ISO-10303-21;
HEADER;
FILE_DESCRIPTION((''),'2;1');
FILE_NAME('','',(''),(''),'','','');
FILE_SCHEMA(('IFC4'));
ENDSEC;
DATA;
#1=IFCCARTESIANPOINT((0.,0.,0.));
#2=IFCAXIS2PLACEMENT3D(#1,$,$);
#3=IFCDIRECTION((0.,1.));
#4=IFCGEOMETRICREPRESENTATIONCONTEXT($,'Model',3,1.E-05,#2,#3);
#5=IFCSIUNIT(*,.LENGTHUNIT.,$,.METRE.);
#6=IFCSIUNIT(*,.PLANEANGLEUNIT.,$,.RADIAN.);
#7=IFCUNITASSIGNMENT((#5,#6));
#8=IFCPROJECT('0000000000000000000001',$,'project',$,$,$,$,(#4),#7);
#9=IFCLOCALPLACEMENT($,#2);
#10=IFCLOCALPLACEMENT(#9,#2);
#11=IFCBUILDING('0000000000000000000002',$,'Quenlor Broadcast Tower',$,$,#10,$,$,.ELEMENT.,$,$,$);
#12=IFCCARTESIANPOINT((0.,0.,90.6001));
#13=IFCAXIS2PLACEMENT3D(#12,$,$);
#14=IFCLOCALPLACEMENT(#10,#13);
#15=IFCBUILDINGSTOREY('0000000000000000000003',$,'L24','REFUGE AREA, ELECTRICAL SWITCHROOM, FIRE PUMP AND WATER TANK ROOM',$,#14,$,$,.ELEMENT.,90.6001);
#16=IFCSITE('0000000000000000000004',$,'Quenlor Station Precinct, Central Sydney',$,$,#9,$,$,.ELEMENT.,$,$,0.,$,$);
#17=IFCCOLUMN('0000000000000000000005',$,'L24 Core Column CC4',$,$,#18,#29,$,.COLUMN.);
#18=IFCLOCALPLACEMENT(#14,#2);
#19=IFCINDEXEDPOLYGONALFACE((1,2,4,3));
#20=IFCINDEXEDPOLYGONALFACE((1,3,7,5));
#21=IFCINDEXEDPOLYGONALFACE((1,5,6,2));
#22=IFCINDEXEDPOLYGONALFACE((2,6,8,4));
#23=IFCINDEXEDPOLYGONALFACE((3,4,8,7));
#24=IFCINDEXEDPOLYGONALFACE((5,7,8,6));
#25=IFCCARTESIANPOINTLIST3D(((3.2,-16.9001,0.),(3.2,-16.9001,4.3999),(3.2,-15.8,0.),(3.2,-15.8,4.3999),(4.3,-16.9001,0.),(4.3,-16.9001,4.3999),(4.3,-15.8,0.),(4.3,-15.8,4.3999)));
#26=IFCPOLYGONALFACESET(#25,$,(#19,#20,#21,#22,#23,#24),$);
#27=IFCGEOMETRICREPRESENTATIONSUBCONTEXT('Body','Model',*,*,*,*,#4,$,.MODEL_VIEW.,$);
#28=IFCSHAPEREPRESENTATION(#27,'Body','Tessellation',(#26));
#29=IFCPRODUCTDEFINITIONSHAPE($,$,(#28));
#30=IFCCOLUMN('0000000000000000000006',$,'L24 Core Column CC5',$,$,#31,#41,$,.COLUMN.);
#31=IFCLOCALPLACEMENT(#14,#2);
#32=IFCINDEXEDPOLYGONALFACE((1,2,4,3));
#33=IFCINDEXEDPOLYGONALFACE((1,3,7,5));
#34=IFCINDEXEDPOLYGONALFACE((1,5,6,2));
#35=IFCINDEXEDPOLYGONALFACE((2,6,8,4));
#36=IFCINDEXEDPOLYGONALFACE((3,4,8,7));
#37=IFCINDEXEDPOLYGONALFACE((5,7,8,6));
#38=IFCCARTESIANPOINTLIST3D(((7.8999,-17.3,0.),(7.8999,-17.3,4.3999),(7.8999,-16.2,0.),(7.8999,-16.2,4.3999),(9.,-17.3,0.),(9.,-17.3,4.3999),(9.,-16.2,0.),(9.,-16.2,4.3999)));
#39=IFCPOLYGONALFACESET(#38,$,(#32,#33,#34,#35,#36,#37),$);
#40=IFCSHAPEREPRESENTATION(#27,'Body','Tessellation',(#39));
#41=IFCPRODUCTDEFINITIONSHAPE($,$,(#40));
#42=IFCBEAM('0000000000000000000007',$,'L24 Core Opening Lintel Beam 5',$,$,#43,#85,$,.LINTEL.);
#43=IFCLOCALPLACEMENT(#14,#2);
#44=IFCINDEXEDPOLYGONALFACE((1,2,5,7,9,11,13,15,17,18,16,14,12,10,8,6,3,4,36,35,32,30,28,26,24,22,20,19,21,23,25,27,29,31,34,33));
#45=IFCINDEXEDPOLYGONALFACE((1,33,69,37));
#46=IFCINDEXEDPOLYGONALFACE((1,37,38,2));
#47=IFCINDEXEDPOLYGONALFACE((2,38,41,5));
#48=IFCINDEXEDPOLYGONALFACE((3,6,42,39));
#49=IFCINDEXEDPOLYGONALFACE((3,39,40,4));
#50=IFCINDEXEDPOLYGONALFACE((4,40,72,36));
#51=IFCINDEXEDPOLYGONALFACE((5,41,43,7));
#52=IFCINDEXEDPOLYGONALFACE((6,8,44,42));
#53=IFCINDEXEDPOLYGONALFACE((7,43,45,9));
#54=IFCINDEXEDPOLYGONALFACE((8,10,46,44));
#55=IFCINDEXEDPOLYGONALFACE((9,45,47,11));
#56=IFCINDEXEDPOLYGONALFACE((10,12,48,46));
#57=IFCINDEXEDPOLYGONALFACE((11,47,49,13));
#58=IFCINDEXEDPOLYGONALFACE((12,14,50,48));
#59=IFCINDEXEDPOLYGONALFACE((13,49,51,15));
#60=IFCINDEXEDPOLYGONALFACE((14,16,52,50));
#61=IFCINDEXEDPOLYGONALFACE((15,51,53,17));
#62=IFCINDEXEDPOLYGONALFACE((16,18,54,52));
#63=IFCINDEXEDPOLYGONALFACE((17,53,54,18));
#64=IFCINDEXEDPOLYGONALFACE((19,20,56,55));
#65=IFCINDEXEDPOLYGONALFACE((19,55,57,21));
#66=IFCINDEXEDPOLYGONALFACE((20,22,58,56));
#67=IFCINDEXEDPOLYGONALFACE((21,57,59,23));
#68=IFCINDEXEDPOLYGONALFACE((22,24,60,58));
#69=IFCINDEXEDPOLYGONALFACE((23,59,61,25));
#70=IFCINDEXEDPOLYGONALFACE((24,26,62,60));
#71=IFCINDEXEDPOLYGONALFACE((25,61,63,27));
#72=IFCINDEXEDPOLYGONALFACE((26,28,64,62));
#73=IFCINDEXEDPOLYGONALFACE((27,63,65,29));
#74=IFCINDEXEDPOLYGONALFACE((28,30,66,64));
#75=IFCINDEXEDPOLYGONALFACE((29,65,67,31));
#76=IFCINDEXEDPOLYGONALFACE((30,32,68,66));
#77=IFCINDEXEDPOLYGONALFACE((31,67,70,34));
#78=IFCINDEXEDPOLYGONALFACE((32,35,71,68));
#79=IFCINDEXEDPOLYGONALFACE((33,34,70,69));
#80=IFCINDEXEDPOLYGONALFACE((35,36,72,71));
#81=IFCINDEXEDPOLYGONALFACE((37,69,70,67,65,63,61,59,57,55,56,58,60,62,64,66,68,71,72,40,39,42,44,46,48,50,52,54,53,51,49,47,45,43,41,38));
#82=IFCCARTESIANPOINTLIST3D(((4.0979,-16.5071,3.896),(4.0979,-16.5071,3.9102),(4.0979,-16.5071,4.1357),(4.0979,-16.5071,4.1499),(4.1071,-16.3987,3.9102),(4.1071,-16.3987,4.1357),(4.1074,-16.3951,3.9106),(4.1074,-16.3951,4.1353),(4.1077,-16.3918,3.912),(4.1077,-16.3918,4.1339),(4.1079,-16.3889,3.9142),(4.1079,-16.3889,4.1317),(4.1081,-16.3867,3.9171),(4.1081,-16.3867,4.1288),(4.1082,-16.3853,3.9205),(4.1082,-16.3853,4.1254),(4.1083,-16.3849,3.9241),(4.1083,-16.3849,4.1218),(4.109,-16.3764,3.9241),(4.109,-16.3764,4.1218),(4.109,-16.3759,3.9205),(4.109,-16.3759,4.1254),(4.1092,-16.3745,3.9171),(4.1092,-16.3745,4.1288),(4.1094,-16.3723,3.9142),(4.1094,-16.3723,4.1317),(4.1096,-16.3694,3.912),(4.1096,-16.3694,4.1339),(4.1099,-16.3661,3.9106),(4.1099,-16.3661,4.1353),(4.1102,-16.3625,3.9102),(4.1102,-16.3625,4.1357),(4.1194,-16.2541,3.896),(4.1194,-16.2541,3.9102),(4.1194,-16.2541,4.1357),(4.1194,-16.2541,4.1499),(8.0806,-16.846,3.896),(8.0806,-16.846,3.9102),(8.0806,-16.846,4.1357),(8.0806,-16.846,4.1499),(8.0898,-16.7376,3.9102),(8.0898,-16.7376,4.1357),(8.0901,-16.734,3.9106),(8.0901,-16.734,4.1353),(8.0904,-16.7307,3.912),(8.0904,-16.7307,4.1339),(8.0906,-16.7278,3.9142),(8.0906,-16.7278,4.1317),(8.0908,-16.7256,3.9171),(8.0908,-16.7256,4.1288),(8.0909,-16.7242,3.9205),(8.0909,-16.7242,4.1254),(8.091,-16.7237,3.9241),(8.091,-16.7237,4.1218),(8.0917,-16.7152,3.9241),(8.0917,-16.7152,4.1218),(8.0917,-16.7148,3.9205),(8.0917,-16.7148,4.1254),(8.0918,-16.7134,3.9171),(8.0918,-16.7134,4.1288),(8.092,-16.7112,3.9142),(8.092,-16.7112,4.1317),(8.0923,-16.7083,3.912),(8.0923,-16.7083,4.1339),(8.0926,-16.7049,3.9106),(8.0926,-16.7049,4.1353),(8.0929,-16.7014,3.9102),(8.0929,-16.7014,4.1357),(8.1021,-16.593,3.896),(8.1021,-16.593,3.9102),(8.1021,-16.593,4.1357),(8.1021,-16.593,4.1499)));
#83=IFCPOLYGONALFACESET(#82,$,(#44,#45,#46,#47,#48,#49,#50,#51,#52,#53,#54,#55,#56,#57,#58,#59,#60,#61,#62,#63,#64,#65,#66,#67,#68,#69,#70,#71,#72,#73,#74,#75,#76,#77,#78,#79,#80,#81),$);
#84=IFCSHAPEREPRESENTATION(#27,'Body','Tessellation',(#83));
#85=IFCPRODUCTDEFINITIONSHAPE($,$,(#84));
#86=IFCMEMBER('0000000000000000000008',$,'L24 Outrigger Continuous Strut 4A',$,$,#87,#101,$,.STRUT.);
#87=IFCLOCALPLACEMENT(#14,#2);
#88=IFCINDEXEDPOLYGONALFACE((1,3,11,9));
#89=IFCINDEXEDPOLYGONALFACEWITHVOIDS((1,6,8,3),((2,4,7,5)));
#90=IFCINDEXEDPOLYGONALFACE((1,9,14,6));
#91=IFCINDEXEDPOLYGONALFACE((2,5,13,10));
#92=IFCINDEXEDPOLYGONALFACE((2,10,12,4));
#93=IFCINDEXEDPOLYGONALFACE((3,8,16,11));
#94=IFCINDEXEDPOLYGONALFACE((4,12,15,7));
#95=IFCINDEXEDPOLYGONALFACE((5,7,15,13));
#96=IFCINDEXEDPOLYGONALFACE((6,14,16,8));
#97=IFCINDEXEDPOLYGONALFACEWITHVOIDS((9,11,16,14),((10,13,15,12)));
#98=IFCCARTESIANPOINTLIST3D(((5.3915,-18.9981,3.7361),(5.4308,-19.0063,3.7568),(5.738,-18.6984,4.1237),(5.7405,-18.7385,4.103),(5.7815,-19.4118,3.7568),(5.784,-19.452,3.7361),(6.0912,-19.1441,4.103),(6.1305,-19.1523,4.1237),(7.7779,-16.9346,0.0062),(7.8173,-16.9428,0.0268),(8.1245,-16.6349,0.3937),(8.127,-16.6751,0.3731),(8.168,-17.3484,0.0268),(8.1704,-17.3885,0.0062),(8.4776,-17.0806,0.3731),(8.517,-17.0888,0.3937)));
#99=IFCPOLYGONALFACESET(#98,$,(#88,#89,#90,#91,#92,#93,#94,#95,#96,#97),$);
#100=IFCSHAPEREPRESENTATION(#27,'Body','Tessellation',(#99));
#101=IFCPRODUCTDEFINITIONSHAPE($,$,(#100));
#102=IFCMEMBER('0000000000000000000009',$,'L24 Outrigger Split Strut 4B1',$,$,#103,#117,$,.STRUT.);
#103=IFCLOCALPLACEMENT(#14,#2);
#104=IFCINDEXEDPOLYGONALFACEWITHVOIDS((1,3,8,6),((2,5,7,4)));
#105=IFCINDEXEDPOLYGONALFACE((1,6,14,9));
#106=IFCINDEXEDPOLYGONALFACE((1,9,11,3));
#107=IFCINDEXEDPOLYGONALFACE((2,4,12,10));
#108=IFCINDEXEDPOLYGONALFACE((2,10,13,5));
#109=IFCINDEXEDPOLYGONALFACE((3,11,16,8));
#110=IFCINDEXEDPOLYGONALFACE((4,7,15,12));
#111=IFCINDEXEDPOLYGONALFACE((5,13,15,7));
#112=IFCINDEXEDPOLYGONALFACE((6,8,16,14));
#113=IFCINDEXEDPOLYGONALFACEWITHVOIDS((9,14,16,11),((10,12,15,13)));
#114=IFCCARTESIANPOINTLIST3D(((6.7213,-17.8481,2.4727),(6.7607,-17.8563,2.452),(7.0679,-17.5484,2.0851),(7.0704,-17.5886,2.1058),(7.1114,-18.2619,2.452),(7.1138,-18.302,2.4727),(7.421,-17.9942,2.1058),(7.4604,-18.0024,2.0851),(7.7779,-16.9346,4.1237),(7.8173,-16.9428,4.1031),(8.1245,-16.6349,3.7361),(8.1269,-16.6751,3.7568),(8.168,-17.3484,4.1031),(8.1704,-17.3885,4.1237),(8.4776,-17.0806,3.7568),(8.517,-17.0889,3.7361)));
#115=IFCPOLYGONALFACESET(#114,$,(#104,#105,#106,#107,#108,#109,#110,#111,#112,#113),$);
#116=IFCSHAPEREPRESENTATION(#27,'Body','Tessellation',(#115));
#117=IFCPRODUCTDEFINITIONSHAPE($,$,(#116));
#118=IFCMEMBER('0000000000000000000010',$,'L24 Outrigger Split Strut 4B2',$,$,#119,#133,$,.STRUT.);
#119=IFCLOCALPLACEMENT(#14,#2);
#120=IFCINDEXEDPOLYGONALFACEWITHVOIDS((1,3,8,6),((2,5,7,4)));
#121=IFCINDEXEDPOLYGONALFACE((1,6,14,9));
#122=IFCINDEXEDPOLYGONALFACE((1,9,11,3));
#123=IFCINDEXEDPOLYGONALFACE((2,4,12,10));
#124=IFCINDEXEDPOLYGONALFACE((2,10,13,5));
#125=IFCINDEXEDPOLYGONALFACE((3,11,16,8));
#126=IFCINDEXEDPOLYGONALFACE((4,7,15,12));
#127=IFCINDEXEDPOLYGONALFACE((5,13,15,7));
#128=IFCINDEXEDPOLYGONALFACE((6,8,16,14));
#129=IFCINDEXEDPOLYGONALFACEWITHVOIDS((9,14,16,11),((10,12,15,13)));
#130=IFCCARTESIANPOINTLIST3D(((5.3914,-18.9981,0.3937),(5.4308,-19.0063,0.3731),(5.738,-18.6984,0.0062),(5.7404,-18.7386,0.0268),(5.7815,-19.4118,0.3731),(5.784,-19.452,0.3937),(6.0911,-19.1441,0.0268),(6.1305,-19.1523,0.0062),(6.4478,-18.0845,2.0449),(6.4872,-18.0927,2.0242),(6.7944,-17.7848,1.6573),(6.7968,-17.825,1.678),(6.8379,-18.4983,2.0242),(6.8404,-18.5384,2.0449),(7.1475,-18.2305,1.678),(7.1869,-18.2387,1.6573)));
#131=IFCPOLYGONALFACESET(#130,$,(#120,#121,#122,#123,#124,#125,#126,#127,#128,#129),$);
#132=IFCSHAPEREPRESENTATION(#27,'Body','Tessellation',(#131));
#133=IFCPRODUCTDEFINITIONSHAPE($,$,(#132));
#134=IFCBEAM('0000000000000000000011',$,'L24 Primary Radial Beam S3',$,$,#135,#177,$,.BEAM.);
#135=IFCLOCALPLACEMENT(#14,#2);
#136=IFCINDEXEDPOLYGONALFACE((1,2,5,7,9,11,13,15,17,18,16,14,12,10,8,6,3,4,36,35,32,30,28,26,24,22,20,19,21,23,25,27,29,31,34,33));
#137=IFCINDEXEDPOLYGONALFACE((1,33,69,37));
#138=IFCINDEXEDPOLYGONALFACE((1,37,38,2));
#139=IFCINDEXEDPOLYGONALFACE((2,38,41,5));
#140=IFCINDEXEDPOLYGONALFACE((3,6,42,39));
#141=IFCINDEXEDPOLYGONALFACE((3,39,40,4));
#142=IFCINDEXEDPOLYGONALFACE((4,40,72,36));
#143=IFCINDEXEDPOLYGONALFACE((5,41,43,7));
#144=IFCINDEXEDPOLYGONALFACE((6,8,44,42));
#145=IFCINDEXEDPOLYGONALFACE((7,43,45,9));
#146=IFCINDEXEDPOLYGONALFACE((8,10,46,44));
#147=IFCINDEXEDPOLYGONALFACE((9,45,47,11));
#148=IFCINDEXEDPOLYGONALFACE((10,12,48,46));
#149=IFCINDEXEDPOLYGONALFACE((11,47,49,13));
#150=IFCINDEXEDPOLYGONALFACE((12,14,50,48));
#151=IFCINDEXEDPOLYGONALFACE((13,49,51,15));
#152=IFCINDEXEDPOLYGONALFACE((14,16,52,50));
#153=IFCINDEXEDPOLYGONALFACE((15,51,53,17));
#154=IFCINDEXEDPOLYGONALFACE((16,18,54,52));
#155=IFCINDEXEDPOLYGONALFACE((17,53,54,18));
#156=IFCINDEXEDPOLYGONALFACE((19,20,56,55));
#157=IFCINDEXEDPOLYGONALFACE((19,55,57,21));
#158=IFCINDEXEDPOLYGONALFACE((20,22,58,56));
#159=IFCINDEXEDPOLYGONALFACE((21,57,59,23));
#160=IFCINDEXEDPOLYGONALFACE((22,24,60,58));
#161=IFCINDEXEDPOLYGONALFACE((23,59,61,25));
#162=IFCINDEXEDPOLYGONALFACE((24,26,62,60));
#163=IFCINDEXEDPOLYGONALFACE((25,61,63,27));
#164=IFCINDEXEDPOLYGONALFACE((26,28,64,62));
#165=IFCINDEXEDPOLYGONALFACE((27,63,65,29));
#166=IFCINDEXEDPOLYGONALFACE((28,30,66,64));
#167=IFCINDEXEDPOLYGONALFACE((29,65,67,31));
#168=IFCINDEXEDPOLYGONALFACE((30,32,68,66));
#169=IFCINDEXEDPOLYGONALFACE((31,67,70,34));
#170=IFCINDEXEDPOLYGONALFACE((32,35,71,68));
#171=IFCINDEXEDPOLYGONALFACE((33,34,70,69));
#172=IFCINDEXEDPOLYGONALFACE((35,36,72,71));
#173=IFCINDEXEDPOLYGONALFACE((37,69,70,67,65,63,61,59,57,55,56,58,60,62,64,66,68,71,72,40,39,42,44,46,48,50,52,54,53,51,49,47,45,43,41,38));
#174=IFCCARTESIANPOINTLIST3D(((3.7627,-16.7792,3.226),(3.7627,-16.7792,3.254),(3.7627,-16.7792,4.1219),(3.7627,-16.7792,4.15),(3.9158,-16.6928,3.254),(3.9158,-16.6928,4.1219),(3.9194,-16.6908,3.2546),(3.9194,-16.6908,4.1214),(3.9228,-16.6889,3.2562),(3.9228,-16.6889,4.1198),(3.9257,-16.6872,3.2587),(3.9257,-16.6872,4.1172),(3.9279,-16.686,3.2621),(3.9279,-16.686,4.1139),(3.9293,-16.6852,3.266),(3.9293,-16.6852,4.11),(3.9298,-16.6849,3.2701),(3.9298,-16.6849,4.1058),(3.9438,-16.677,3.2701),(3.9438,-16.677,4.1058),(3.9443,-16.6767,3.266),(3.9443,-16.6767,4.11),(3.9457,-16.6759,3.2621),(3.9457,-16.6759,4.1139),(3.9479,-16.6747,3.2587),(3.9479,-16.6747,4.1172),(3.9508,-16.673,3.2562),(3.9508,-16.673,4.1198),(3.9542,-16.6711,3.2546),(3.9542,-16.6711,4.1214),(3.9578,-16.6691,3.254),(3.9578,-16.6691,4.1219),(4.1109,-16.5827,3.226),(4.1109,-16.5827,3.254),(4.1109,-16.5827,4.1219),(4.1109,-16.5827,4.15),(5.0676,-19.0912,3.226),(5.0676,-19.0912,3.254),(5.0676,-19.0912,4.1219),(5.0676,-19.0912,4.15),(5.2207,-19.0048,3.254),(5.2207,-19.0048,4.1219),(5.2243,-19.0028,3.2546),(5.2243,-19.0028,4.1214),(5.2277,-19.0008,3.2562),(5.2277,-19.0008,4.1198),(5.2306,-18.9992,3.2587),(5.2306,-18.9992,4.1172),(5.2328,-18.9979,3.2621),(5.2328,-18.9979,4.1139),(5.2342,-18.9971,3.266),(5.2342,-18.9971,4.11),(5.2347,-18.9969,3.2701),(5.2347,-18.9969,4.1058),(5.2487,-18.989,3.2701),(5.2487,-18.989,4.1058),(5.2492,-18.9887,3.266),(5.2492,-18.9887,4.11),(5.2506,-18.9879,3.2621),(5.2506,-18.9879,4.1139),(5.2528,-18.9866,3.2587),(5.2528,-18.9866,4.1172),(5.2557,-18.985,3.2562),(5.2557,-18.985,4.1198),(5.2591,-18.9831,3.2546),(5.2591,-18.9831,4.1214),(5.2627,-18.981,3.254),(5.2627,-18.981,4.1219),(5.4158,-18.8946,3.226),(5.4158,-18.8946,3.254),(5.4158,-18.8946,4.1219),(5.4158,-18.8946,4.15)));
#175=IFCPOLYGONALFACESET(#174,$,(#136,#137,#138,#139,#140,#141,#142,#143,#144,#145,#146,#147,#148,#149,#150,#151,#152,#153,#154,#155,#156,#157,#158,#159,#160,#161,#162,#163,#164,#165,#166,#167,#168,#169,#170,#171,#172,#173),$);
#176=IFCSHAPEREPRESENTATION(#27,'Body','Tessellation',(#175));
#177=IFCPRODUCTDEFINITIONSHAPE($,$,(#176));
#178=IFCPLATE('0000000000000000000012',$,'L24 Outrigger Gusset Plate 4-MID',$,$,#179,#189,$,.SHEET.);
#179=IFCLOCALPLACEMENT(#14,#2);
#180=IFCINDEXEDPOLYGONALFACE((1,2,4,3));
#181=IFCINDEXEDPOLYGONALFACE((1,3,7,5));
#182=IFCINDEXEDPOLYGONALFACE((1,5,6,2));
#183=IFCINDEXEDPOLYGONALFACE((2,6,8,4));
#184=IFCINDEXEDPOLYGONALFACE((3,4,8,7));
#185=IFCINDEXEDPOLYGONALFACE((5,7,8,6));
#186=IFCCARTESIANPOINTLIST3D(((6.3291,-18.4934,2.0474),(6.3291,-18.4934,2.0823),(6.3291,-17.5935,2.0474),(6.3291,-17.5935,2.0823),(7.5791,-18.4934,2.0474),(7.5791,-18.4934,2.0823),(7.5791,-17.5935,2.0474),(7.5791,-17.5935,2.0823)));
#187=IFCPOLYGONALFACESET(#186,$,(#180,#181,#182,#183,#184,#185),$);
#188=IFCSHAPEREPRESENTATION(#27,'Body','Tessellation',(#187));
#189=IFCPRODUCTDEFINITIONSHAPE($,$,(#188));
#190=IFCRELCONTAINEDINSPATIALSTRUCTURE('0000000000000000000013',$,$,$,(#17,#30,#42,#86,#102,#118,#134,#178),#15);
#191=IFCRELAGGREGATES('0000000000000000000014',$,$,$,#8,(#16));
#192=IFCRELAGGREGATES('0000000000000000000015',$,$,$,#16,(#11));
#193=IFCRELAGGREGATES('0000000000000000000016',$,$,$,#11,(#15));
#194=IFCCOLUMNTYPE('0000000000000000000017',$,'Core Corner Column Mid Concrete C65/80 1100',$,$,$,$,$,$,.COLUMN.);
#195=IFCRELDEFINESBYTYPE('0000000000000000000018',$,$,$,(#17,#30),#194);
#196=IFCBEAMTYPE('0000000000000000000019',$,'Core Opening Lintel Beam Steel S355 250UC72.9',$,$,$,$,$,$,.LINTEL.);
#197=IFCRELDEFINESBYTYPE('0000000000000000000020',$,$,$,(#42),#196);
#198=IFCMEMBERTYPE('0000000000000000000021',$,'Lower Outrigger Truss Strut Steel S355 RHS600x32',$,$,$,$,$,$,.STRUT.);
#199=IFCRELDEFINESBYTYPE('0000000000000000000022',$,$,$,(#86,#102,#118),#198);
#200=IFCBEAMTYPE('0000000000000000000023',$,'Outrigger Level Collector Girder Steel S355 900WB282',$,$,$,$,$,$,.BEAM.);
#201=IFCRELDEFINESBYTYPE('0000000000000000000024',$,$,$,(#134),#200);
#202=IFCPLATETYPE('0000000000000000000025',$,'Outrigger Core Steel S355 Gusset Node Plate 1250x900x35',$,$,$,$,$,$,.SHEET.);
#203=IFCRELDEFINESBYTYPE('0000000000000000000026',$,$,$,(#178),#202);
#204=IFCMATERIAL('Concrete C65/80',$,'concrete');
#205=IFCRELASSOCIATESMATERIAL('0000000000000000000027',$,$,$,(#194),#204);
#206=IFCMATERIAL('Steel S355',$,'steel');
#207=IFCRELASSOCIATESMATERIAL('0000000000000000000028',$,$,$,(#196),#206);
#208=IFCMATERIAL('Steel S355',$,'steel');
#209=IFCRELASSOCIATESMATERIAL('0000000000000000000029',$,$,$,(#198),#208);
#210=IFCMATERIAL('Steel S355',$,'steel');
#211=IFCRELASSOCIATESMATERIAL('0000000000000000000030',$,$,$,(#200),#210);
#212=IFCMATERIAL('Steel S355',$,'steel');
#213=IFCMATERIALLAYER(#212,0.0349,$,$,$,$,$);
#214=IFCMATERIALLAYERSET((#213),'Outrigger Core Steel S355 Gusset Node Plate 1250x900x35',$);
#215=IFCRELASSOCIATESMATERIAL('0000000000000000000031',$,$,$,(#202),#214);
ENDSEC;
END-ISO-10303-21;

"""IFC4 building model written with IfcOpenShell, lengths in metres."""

from ifc_helpers import new_model, si_unit, direction, frame, origin, origin_2d, place, context, subcontext, project, spatial, rectangle, hollow_rectangle, i_section, extrude, material, layer, layer_set, material_profile, profile_set, type_object, element, save


model = new_model("IFC4")

# Units and contexts
model_context = context("Model", 3, precision=1e-05, world=origin(), true_north=direction((0.0, 1.0)))
body_context = subcontext(model_context, "Body", "Model", "MODEL_VIEW")
ifc_project = project(units=[si_unit("LENGTHUNIT", "METRE"), si_unit("PLANEANGLEUNIT", "RADIAN")], contexts=[model_context])

# Site, building, storey
site_placement = place(None, origin())
site = spatial("IfcSite", under=ifc_project, at=site_placement, Name="Quenlor Station Precinct, Central Sydney", CompositionType="ELEMENT", RefElevation=0.0)
building_placement = place(site_placement, origin())
building = spatial("IfcBuilding", under=site, at=building_placement, Name="Quenlor Broadcast Tower", CompositionType="ELEMENT")
storey_placement = place(building_placement, frame((0.0, 0.0, 90.6001)))
storey = spatial("IfcBuildingStorey", under=building, at=storey_placement, Name="L24", Description="REFUGE AREA, ELECTRICAL SWITCHROOM, FIRE PUMP AND WATER TANK ROOM", CompositionType="ELEMENT", Elevation=90.6001)

# Columns
ifc_material_1 = material(Name="Concrete C65/80", Category="concrete")
ifc_material_profile_1 = material_profile(ifc_material_1, rectangle(XDim=1.1001, YDim=1.1001, at=origin_2d()))
ifc_profile_set_1 = profile_set([ifc_material_profile_1], Name="Concrete C65/80 RC1100x1100")
column_type = type_object("IfcColumnType", Name="Core Corner Column Mid Concrete C65/80 1100", PredefinedType="COLUMN", material=ifc_profile_set_1)
for number, where, z_axis, x_axis, name in (
    (1, (3.75, -16.3501, 0.0), (0.0, 0.0, 1.0), (1.0, 0.0, 0.0), "L24 Core Column CC4"),
    (2, (8.45, -16.75, 0.0), (0.0, 0.0, 1.0), (1.0, 0.0, 0.0), "L24 Core Column CC5"),
):
    element("IfcColumn", number, at=place(storey_placement, frame(where, z_axis=z_axis, x_axis=x_axis)), inside=storey, type_object=column_type, Name=name, PredefinedType="COLUMN", context=body_context, shape_type="SweptSolid", body=[
        extrude(rectangle(XDim=1.1001, YDim=1.1001, at=origin_2d()), origin(), (0.0, 0.0, 1.0), 4.3999),
    ])

# Beam
ifc_material_2 = material(Name="Steel S355", Category="steel")
ifc_material_profile_2 = material_profile(ifc_material_2, i_section(OverallWidth=0.2539, OverallDepth=0.2539, WebThickness=0.0085, FlangeThickness=0.0142, FilletRadius=0.0139, at=origin_2d()))
ifc_profile_set_2 = profile_set([ifc_material_profile_2], Name="Steel S355 250UC72.9")
beam_type_1 = type_object("IfcBeamType", Name="Core Opening Lintel Beam Steel S355 250UC72.9", PredefinedType="LINTEL", material=ifc_profile_set_2)
beam_1_placement = place(storey_placement, frame((4.1086, -16.3806, 4.0229), z_axis=(0.9964, -0.084779, 0.0), x_axis=(0.084779, 0.9964, 0.0)))
element("IfcBeam", 3, at=beam_1_placement, inside=storey, type_object=beam_type_1, Name="L24 Core Opening Lintel Beam 5", PredefinedType="LINTEL", context=body_context, shape_type="SweptSolid", body=[
    extrude(i_section(OverallWidth=0.2539, OverallDepth=0.2539, WebThickness=0.0085, FlangeThickness=0.0142, FilletRadius=0.0139, at=origin_2d()), origin(), (0.0, 0.0, 1.0), 3.9971),
])

# Members
ifc_material_3 = material(Name="Steel S355", Category="steel")
ifc_material_profile_3 = material_profile(ifc_material_3, hollow_rectangle(XDim=0.6001, YDim=0.6001, WallThickness=0.032, at=origin_2d()))
ifc_profile_set_3 = profile_set([ifc_material_profile_3], Name="Steel S355 RHS600x600x32")
member_type = type_object("IfcMemberType", Name="Lower Outrigger Truss Strut Steel S355 RHS600x32", PredefinedType="STRUT", material=ifc_profile_set_3)
member_placement = place(storey_placement, frame((8.1475, -17.0117, 0.2), z_axis=(-0.488503, -0.422387, 0.763514), x_axis=(0.654061, -0.756442, 0.0)))
element("IfcMember", 4, at=member_placement, inside=storey, type_object=member_type, Name="L24 Outrigger Continuous Strut 4A", PredefinedType="STRUT", context=body_context, shape_type="SweptSolid", body=[
    extrude(hollow_rectangle(XDim=0.6001, YDim=0.6001, WallThickness=0.032, at=origin_2d()), origin(), (0.0, 0.0, 1.0), 4.8853),
])
for number, where, z_axis, x_axis, name in (
    (5, (8.1475, -17.0117, 3.9299), (-0.488572, -0.422421, -0.763451), (0.654038, -0.756461, 0.0), "L24 Outrigger Split Strut 4B1"),
    (6, (6.8174, -18.1616, 1.8511), (-0.488487, -0.422444, -0.763493), (0.654125, -0.756387, 0.0), "L24 Outrigger Split Strut 4B2"),
):
    element("IfcMember", number, at=place(storey_placement, frame(where, z_axis=z_axis, x_axis=x_axis)), inside=storey, type_object=member_type, Name=name, PredefinedType="STRUT", context=body_context, shape_type="SweptSolid", body=[
        extrude(hollow_rectangle(XDim=0.6001, YDim=0.6001, WallThickness=0.032, at=origin_2d()), origin(), (0.0, 0.0, 1.0), 2.1626),
    ])

# Beam
ifc_material_4 = material(Name="Steel S355", Category="steel")
ifc_material_profile_4 = material_profile(ifc_material_4, i_section(OverallWidth=0.3999, OverallDepth=0.9241, WebThickness=0.0161, FlangeThickness=0.0281, FilletRadius=0.0161, at=origin_2d()))
ifc_profile_set_4 = profile_set([ifc_material_profile_4], Name="Steel S355 900WB282")
beam_type_2 = type_object("IfcBeamType", Name="Outrigger Level Collector Girder Steel S355 900WB282", PredefinedType="BEAM", material=ifc_profile_set_4)
beam_2_placement = place(storey_placement, frame((5.2417, -18.9929, 3.688), z_axis=(-0.491527, 0.870862, 0.0), x_axis=(-0.870862, -0.491527, 0.0)))
element("IfcBeam", 7, at=beam_2_placement, inside=storey, type_object=beam_type_2, Name="L24 Primary Radial Beam S3", PredefinedType="BEAM", context=body_context, shape_type="SweptSolid", body=[
    extrude(i_section(OverallWidth=0.3999, OverallDepth=0.9241, WebThickness=0.0161, FlangeThickness=0.0281, FilletRadius=0.0161, at=origin_2d()), origin(), (0.0, 0.0, 1.0), 2.6548),
])

# Plate
ifc_material_5 = material(Name="Steel S355", Category="steel")
ifc_layer_1 = layer(ifc_material_5, 0.0349)
ifc_layer_set_1 = layer_set([ifc_layer_1], Name="Outrigger Core Steel S355 Gusset Node Plate 1250x900x35")
plate_type_1 = type_object("IfcPlateType", Name="Outrigger Core Steel S355 Gusset Node Plate 1250x900x35", PredefinedType="SHEET", material=ifc_layer_set_1)
for number, where, z_axis, x_axis, name in (
    (8, (6.9541, -18.0435, 2.0474), (0.0, 0.0, 1.0), (1.0, 0.0, 0.0), "L24 Outrigger Gusset Plate 4-MID"),
):
    element("IfcPlate", number, at=place(storey_placement, frame(where, z_axis=z_axis, x_axis=x_axis)), inside=storey, type_object=plate_type_1, Name=name, PredefinedType="SHEET", context=body_context, shape_type="SweptSolid", body=[
        extrude(rectangle(XDim=1.25, YDim=0.8999, at=origin_2d()), origin(), (0.0, 0.0, 1.0), 0.0349),
    ])

save(model, "model.ifc")
